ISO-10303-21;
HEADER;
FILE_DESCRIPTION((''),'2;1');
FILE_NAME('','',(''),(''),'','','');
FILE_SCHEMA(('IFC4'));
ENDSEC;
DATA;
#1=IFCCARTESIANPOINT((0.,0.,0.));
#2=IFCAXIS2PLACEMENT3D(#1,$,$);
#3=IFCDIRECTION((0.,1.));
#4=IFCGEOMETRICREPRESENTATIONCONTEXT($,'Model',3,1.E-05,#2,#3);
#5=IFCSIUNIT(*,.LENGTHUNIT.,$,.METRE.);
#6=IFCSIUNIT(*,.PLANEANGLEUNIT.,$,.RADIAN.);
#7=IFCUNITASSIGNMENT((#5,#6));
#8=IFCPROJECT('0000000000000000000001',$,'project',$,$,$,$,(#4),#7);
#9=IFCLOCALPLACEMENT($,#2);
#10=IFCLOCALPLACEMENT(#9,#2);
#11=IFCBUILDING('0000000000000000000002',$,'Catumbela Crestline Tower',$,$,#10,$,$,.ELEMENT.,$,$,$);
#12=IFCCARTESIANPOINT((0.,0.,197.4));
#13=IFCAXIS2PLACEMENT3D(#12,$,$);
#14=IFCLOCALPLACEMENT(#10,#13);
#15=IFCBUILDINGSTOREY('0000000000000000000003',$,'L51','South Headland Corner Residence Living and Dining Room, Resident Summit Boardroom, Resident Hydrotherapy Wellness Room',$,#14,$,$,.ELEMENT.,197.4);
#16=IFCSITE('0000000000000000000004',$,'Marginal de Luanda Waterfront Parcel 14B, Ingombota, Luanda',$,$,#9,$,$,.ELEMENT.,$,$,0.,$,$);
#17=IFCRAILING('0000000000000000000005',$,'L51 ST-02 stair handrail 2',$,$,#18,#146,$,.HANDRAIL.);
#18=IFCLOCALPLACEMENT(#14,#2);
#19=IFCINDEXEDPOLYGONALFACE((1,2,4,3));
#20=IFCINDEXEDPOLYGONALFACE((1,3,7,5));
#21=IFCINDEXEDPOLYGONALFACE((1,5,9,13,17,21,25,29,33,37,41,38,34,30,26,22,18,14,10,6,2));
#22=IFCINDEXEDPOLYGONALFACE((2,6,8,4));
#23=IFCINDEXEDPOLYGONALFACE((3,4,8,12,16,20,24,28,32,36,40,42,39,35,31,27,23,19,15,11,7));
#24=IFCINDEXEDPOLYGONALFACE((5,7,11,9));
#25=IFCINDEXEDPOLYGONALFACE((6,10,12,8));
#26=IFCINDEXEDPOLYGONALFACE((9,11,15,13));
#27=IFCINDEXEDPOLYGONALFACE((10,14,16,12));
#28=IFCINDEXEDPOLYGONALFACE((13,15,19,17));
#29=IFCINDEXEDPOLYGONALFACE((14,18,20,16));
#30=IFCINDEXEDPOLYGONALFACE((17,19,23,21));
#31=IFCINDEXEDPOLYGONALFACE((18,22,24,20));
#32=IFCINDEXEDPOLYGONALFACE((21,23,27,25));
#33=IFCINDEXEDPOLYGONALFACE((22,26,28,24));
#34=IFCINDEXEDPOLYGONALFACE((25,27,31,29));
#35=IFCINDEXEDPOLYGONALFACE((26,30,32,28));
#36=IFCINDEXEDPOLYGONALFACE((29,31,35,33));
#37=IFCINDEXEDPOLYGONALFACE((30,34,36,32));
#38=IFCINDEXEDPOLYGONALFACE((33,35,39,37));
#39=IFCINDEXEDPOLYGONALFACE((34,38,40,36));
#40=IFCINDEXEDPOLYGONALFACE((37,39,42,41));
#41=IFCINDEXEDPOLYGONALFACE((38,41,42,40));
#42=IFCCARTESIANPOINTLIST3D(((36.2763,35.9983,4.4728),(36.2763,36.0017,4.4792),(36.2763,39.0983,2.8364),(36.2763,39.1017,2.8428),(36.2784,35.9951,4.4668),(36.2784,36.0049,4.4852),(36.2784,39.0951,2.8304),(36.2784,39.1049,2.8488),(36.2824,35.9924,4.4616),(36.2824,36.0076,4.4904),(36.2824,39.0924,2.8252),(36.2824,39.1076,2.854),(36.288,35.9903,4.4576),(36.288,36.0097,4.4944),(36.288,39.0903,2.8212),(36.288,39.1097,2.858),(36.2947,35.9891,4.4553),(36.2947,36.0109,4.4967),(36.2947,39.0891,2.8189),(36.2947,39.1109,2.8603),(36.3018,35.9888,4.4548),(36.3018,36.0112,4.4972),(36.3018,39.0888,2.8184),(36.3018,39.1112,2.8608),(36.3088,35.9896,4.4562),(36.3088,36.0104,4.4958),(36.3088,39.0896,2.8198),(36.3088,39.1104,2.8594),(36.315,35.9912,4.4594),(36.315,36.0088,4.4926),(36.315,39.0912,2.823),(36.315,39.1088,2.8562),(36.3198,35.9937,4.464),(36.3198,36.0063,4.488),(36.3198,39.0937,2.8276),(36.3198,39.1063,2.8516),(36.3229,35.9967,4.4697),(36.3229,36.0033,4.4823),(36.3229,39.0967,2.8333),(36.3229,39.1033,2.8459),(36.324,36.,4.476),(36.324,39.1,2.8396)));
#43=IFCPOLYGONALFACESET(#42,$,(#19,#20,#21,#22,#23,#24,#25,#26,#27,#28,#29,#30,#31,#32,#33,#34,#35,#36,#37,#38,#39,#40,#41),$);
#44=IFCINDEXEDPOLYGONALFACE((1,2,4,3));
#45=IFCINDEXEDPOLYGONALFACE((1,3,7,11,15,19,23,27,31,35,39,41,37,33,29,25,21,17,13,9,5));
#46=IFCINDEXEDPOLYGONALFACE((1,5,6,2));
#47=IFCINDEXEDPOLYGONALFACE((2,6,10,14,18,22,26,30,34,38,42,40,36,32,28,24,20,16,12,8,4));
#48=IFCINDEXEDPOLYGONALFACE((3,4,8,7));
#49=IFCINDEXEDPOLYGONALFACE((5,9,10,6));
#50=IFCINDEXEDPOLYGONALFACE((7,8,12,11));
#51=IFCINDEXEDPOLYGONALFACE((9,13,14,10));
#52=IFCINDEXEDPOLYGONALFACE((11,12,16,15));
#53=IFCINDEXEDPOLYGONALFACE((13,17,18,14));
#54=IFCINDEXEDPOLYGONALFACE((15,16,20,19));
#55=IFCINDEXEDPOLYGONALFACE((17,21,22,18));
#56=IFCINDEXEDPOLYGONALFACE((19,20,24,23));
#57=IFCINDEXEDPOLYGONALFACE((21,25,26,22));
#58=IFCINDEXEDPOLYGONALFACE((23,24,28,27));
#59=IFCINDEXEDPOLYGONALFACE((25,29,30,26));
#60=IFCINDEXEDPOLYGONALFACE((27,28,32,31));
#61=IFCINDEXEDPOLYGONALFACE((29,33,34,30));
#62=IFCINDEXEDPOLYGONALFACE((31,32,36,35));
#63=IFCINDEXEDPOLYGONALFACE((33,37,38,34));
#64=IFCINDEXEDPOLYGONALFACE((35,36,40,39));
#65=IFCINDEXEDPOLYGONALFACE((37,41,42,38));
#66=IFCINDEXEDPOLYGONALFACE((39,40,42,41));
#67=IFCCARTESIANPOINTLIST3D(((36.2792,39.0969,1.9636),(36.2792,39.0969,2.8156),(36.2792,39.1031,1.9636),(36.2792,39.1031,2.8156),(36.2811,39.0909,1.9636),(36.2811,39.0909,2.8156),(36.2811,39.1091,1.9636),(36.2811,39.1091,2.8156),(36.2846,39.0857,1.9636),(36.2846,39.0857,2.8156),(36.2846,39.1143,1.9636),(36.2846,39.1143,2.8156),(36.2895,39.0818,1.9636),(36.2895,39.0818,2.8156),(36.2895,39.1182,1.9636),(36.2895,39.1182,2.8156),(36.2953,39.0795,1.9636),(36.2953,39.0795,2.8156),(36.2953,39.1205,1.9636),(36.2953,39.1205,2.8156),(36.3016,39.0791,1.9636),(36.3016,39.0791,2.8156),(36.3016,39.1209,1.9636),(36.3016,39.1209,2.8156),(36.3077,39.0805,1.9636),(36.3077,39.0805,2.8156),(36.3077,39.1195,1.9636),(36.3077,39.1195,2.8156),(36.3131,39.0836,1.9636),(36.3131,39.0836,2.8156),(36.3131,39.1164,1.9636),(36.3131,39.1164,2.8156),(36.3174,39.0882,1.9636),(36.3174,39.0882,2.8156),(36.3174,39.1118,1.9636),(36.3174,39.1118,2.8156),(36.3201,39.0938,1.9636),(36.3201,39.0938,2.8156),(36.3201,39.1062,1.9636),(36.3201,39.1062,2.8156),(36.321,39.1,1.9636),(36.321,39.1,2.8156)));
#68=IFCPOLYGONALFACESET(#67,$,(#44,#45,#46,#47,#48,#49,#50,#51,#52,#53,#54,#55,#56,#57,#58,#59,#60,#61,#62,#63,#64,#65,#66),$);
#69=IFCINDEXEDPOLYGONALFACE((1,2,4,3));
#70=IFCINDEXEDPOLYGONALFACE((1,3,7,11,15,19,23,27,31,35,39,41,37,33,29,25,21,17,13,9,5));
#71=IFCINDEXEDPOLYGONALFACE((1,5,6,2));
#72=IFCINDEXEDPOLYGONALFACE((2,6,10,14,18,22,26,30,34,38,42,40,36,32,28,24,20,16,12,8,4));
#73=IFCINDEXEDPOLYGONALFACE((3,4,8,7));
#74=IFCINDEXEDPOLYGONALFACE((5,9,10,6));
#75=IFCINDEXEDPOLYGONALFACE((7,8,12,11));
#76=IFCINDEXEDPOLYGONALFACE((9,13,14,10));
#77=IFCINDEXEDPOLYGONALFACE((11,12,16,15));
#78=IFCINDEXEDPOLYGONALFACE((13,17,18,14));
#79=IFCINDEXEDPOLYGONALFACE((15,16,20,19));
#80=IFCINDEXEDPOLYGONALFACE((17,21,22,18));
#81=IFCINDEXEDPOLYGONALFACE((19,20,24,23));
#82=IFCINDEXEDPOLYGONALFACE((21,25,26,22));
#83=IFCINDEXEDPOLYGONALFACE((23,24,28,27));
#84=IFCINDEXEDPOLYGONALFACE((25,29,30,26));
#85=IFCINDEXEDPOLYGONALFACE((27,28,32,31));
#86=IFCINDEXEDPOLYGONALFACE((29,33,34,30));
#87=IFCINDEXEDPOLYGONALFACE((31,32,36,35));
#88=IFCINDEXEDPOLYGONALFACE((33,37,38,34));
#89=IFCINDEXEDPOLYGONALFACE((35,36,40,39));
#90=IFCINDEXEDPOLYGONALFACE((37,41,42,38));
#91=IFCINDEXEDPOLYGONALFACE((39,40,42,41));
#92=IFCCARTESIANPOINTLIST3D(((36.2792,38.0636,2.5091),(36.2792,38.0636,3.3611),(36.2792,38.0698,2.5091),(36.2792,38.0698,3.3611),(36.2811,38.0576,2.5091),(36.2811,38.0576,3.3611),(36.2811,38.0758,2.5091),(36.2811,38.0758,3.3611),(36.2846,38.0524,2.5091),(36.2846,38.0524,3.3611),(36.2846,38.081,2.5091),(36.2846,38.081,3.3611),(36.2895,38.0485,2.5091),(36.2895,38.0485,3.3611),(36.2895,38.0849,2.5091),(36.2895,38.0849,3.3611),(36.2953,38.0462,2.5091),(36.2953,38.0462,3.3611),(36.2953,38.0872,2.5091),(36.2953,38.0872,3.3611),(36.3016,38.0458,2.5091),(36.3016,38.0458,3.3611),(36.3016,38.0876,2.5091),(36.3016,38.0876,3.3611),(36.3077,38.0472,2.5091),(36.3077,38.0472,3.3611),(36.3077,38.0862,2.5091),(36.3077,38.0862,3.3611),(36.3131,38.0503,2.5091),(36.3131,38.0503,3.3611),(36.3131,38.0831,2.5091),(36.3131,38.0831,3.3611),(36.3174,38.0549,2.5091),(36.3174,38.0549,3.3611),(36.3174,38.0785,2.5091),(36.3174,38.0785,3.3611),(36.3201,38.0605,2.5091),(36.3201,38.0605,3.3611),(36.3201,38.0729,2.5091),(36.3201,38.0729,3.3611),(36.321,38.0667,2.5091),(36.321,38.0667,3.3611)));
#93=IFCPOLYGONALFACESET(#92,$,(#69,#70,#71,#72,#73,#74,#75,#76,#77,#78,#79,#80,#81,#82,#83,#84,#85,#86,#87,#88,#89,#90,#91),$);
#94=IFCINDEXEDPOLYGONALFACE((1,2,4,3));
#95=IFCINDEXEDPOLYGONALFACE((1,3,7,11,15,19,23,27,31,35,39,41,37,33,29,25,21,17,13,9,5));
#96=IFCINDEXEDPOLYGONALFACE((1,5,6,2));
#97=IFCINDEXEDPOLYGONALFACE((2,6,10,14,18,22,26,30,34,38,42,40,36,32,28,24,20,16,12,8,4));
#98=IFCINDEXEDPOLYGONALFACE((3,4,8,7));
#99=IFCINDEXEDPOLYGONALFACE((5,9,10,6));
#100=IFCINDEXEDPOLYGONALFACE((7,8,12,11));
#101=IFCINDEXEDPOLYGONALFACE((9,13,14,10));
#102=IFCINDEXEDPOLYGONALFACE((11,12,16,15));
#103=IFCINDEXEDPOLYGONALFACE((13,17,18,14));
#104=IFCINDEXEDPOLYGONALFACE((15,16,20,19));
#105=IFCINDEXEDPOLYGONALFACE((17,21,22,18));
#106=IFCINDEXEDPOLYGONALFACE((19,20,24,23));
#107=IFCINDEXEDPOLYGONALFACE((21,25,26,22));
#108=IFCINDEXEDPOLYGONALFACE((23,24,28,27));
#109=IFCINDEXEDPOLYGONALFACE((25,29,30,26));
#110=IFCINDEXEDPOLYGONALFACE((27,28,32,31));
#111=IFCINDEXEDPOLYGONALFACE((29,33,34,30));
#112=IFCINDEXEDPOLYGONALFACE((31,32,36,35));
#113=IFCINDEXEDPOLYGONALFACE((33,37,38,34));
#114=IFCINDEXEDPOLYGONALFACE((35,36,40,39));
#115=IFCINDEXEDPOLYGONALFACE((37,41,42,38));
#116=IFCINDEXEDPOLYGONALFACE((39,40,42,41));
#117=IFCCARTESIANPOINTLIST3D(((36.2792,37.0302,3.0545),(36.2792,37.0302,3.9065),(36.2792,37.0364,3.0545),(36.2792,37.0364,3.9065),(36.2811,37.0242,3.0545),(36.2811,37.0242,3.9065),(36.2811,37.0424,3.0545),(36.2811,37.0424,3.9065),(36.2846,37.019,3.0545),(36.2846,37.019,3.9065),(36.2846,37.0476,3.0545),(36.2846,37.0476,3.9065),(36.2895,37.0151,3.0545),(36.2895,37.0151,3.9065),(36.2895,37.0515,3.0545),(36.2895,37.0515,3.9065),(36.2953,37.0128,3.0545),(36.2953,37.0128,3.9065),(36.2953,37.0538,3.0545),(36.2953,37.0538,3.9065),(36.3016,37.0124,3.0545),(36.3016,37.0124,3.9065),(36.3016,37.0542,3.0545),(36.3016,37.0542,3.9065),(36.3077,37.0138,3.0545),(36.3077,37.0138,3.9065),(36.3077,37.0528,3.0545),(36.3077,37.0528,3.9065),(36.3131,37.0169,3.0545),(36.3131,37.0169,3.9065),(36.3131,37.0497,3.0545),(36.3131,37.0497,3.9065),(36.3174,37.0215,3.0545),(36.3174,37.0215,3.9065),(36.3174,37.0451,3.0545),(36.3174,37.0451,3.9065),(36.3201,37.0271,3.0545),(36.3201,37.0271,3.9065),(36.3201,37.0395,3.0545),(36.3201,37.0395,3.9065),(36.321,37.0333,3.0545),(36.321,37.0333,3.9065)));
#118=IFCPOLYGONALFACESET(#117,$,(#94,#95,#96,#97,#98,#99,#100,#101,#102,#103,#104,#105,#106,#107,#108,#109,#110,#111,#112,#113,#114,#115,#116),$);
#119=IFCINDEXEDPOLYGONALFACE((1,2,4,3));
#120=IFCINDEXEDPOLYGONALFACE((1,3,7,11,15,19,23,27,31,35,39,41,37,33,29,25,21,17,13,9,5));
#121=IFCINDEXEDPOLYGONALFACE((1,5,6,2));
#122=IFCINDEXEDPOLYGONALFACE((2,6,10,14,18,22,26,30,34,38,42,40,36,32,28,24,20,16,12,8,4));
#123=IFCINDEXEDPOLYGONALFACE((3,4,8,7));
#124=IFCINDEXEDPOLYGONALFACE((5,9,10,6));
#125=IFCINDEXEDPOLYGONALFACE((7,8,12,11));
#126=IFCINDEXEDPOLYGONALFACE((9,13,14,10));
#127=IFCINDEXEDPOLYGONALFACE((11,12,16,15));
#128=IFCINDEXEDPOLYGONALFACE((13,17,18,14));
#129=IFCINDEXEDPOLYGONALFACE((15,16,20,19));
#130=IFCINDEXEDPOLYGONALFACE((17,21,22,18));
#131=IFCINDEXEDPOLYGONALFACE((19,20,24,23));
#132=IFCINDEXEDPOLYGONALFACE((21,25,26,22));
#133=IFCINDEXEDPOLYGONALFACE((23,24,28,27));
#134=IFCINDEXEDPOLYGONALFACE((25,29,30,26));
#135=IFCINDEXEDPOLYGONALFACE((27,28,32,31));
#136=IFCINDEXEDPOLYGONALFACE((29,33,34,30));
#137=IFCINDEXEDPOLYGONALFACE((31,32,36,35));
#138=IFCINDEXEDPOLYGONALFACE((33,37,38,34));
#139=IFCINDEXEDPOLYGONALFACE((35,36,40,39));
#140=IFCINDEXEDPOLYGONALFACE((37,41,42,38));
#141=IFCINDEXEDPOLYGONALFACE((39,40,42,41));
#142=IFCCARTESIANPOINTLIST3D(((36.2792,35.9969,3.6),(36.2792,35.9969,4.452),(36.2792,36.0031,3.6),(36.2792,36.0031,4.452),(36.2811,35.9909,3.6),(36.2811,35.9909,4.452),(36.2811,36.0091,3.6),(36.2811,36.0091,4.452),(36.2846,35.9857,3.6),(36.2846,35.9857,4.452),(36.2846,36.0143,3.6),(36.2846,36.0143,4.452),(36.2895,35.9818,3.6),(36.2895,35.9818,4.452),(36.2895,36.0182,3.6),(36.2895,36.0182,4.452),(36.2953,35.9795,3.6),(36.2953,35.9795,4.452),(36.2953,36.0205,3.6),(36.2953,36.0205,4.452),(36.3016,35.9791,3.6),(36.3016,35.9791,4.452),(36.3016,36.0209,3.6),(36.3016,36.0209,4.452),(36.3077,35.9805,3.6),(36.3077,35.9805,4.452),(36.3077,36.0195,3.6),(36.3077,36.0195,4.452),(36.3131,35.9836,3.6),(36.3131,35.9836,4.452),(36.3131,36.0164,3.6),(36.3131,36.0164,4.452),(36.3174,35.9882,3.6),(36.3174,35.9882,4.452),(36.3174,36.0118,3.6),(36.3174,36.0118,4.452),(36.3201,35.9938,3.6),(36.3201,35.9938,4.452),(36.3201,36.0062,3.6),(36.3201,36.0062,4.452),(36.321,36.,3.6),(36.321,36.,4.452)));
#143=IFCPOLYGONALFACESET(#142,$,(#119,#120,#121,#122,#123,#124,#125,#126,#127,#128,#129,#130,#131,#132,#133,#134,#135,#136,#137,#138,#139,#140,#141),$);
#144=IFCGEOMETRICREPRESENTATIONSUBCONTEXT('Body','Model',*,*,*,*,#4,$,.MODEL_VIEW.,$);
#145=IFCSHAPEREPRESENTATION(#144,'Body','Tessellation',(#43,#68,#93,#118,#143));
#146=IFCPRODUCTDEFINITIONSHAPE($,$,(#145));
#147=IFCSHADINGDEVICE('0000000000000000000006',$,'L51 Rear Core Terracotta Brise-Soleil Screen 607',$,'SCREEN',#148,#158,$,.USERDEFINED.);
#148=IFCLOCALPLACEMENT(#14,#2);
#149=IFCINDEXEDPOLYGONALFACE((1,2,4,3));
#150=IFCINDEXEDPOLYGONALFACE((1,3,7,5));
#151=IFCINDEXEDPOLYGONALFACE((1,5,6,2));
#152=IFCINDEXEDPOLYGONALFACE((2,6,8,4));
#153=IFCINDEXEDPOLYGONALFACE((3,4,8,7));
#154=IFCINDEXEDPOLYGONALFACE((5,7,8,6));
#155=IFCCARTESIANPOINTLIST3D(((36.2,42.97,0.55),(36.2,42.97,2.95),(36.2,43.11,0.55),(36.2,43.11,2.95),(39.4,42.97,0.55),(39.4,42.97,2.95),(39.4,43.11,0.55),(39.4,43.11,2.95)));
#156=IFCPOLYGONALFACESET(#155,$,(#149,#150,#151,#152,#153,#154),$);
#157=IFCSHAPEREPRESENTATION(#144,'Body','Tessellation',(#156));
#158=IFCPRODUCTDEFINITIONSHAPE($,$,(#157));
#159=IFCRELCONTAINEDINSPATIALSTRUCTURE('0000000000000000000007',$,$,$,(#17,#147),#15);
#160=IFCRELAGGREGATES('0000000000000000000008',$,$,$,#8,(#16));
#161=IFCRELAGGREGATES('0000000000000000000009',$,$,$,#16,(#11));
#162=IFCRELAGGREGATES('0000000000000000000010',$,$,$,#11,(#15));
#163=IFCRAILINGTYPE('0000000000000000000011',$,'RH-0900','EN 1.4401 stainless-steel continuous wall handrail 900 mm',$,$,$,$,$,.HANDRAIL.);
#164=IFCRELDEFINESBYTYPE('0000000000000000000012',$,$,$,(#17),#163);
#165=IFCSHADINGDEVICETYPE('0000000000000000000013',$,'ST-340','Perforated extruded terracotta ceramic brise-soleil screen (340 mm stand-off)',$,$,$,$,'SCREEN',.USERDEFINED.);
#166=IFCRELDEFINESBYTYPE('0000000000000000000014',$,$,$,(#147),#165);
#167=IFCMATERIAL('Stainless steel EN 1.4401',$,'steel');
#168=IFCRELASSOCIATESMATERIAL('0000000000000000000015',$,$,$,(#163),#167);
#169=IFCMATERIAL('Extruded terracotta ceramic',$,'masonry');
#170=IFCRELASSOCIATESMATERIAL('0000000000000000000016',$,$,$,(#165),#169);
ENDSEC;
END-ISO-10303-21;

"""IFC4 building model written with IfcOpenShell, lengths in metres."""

from ifc_helpers import new_model, si_unit, direction, frame, origin, origin_2d, place, context, subcontext, project, spatial, rectangle, circle, extrude, material, type_object, element, save


model = new_model("IFC4")

# Units and contexts
model_context = context("Model", 3, precision=1e-05, world=origin(), true_north=direction((0.0, 1.0)))
body_context = subcontext(model_context, "Body", "Model", "MODEL_VIEW")
ifc_project = project(units=[si_unit("LENGTHUNIT", "METRE"), si_unit("PLANEANGLEUNIT", "RADIAN")], contexts=[model_context])

# Site, building, storey
site_placement = place(None, origin())
site = spatial("IfcSite", under=ifc_project, at=site_placement, Name="Marginal de Luanda Waterfront Parcel 14B, Ingombota, Luanda", CompositionType="ELEMENT", RefElevation=0.0)
building_placement = place(site_placement, origin())
building = spatial("IfcBuilding", under=site, at=building_placement, Name="Catumbela Crestline Tower", CompositionType="ELEMENT")
storey_placement = place(building_placement, frame((0.0, 0.0, 197.4)))
storey = spatial("IfcBuildingStorey", under=building, at=storey_placement, Name="L51", Description="South Headland Corner Residence Living and Dining Room, Resident Summit Boardroom, Resident Hydrotherapy Wellness Room", CompositionType="ELEMENT", Elevation=197.4)

# Shared definitions
ifc_material_1 = material(Name="Stainless steel EN 1.4401", Category="steel")

# Railing
railing_type_1 = type_object("IfcRailingType", Name="RH-0900", Description="EN 1.4401 stainless-steel continuous wall handrail 900 mm", PredefinedType="HANDRAIL", material=ifc_material_1)
railing_1_placement = place(storey_placement, frame((36.3, 39.1, 1.9636)))
element("IfcRailing", 1, at=railing_1_placement, inside=storey, type_object=railing_type_1, Name="L51 ST-02 stair handrail 2", PredefinedType="HANDRAIL", context=body_context, shape_type="SweptSolid", body=[
    extrude(circle(Radius=0.024, at=origin_2d()), frame((0.0, 0.0, 0.876), z_axis=(0.0, -0.884351, 0.466823), x_axis=(1.0, 0.0, 0.0)), (0.0, 0.0, 1.0), 3.5054),
    extrude(circle(Radius=0.021, at=origin_2d()), origin(), (0.0, 0.0, 1.0), 0.852),
    extrude(circle(Radius=0.021, at=origin_2d()), frame((0.0, -1.0333, 0.5455)), (0.0, 0.0, 1.0), 0.852),
    extrude(circle(Radius=0.021, at=origin_2d()), frame((0.0, -2.0667, 1.0909)), (0.0, 0.0, 1.0), 0.852),
    extrude(circle(Radius=0.021, at=origin_2d()), frame((0.0, -3.1, 1.6364)), (0.0, 0.0, 1.0), 0.852),
])

# Shading device
ifc_material_2 = material(Name="Extruded terracotta ceramic", Category="masonry")
shading_device_type = type_object("IfcShadingDeviceType", Name="ST-340", Description="Perforated extruded terracotta ceramic brise-soleil screen (340 mm stand-off)", ElementType="SCREEN", PredefinedType="USERDEFINED", material=ifc_material_2)
shading_device_placement = place(storey_placement, frame((37.8, 43.04, 0.55), z_axis=(0.0, 0.0, 1.0), x_axis=(1.0, 0.0, 0.0)))
element("IfcShadingDevice", 2, at=shading_device_placement, inside=storey, type_object=shading_device_type, Name="L51 Rear Core Terracotta Brise-Soleil Screen 607", ObjectType="SCREEN", PredefinedType="USERDEFINED", context=body_context, shape_type="SweptSolid", body=[
    extrude(rectangle(XDim=3.2, YDim=0.14, at=origin_2d()), origin(), (0.0, 0.0, 1.0), 2.4),
])

save(model, "model.ifc")
